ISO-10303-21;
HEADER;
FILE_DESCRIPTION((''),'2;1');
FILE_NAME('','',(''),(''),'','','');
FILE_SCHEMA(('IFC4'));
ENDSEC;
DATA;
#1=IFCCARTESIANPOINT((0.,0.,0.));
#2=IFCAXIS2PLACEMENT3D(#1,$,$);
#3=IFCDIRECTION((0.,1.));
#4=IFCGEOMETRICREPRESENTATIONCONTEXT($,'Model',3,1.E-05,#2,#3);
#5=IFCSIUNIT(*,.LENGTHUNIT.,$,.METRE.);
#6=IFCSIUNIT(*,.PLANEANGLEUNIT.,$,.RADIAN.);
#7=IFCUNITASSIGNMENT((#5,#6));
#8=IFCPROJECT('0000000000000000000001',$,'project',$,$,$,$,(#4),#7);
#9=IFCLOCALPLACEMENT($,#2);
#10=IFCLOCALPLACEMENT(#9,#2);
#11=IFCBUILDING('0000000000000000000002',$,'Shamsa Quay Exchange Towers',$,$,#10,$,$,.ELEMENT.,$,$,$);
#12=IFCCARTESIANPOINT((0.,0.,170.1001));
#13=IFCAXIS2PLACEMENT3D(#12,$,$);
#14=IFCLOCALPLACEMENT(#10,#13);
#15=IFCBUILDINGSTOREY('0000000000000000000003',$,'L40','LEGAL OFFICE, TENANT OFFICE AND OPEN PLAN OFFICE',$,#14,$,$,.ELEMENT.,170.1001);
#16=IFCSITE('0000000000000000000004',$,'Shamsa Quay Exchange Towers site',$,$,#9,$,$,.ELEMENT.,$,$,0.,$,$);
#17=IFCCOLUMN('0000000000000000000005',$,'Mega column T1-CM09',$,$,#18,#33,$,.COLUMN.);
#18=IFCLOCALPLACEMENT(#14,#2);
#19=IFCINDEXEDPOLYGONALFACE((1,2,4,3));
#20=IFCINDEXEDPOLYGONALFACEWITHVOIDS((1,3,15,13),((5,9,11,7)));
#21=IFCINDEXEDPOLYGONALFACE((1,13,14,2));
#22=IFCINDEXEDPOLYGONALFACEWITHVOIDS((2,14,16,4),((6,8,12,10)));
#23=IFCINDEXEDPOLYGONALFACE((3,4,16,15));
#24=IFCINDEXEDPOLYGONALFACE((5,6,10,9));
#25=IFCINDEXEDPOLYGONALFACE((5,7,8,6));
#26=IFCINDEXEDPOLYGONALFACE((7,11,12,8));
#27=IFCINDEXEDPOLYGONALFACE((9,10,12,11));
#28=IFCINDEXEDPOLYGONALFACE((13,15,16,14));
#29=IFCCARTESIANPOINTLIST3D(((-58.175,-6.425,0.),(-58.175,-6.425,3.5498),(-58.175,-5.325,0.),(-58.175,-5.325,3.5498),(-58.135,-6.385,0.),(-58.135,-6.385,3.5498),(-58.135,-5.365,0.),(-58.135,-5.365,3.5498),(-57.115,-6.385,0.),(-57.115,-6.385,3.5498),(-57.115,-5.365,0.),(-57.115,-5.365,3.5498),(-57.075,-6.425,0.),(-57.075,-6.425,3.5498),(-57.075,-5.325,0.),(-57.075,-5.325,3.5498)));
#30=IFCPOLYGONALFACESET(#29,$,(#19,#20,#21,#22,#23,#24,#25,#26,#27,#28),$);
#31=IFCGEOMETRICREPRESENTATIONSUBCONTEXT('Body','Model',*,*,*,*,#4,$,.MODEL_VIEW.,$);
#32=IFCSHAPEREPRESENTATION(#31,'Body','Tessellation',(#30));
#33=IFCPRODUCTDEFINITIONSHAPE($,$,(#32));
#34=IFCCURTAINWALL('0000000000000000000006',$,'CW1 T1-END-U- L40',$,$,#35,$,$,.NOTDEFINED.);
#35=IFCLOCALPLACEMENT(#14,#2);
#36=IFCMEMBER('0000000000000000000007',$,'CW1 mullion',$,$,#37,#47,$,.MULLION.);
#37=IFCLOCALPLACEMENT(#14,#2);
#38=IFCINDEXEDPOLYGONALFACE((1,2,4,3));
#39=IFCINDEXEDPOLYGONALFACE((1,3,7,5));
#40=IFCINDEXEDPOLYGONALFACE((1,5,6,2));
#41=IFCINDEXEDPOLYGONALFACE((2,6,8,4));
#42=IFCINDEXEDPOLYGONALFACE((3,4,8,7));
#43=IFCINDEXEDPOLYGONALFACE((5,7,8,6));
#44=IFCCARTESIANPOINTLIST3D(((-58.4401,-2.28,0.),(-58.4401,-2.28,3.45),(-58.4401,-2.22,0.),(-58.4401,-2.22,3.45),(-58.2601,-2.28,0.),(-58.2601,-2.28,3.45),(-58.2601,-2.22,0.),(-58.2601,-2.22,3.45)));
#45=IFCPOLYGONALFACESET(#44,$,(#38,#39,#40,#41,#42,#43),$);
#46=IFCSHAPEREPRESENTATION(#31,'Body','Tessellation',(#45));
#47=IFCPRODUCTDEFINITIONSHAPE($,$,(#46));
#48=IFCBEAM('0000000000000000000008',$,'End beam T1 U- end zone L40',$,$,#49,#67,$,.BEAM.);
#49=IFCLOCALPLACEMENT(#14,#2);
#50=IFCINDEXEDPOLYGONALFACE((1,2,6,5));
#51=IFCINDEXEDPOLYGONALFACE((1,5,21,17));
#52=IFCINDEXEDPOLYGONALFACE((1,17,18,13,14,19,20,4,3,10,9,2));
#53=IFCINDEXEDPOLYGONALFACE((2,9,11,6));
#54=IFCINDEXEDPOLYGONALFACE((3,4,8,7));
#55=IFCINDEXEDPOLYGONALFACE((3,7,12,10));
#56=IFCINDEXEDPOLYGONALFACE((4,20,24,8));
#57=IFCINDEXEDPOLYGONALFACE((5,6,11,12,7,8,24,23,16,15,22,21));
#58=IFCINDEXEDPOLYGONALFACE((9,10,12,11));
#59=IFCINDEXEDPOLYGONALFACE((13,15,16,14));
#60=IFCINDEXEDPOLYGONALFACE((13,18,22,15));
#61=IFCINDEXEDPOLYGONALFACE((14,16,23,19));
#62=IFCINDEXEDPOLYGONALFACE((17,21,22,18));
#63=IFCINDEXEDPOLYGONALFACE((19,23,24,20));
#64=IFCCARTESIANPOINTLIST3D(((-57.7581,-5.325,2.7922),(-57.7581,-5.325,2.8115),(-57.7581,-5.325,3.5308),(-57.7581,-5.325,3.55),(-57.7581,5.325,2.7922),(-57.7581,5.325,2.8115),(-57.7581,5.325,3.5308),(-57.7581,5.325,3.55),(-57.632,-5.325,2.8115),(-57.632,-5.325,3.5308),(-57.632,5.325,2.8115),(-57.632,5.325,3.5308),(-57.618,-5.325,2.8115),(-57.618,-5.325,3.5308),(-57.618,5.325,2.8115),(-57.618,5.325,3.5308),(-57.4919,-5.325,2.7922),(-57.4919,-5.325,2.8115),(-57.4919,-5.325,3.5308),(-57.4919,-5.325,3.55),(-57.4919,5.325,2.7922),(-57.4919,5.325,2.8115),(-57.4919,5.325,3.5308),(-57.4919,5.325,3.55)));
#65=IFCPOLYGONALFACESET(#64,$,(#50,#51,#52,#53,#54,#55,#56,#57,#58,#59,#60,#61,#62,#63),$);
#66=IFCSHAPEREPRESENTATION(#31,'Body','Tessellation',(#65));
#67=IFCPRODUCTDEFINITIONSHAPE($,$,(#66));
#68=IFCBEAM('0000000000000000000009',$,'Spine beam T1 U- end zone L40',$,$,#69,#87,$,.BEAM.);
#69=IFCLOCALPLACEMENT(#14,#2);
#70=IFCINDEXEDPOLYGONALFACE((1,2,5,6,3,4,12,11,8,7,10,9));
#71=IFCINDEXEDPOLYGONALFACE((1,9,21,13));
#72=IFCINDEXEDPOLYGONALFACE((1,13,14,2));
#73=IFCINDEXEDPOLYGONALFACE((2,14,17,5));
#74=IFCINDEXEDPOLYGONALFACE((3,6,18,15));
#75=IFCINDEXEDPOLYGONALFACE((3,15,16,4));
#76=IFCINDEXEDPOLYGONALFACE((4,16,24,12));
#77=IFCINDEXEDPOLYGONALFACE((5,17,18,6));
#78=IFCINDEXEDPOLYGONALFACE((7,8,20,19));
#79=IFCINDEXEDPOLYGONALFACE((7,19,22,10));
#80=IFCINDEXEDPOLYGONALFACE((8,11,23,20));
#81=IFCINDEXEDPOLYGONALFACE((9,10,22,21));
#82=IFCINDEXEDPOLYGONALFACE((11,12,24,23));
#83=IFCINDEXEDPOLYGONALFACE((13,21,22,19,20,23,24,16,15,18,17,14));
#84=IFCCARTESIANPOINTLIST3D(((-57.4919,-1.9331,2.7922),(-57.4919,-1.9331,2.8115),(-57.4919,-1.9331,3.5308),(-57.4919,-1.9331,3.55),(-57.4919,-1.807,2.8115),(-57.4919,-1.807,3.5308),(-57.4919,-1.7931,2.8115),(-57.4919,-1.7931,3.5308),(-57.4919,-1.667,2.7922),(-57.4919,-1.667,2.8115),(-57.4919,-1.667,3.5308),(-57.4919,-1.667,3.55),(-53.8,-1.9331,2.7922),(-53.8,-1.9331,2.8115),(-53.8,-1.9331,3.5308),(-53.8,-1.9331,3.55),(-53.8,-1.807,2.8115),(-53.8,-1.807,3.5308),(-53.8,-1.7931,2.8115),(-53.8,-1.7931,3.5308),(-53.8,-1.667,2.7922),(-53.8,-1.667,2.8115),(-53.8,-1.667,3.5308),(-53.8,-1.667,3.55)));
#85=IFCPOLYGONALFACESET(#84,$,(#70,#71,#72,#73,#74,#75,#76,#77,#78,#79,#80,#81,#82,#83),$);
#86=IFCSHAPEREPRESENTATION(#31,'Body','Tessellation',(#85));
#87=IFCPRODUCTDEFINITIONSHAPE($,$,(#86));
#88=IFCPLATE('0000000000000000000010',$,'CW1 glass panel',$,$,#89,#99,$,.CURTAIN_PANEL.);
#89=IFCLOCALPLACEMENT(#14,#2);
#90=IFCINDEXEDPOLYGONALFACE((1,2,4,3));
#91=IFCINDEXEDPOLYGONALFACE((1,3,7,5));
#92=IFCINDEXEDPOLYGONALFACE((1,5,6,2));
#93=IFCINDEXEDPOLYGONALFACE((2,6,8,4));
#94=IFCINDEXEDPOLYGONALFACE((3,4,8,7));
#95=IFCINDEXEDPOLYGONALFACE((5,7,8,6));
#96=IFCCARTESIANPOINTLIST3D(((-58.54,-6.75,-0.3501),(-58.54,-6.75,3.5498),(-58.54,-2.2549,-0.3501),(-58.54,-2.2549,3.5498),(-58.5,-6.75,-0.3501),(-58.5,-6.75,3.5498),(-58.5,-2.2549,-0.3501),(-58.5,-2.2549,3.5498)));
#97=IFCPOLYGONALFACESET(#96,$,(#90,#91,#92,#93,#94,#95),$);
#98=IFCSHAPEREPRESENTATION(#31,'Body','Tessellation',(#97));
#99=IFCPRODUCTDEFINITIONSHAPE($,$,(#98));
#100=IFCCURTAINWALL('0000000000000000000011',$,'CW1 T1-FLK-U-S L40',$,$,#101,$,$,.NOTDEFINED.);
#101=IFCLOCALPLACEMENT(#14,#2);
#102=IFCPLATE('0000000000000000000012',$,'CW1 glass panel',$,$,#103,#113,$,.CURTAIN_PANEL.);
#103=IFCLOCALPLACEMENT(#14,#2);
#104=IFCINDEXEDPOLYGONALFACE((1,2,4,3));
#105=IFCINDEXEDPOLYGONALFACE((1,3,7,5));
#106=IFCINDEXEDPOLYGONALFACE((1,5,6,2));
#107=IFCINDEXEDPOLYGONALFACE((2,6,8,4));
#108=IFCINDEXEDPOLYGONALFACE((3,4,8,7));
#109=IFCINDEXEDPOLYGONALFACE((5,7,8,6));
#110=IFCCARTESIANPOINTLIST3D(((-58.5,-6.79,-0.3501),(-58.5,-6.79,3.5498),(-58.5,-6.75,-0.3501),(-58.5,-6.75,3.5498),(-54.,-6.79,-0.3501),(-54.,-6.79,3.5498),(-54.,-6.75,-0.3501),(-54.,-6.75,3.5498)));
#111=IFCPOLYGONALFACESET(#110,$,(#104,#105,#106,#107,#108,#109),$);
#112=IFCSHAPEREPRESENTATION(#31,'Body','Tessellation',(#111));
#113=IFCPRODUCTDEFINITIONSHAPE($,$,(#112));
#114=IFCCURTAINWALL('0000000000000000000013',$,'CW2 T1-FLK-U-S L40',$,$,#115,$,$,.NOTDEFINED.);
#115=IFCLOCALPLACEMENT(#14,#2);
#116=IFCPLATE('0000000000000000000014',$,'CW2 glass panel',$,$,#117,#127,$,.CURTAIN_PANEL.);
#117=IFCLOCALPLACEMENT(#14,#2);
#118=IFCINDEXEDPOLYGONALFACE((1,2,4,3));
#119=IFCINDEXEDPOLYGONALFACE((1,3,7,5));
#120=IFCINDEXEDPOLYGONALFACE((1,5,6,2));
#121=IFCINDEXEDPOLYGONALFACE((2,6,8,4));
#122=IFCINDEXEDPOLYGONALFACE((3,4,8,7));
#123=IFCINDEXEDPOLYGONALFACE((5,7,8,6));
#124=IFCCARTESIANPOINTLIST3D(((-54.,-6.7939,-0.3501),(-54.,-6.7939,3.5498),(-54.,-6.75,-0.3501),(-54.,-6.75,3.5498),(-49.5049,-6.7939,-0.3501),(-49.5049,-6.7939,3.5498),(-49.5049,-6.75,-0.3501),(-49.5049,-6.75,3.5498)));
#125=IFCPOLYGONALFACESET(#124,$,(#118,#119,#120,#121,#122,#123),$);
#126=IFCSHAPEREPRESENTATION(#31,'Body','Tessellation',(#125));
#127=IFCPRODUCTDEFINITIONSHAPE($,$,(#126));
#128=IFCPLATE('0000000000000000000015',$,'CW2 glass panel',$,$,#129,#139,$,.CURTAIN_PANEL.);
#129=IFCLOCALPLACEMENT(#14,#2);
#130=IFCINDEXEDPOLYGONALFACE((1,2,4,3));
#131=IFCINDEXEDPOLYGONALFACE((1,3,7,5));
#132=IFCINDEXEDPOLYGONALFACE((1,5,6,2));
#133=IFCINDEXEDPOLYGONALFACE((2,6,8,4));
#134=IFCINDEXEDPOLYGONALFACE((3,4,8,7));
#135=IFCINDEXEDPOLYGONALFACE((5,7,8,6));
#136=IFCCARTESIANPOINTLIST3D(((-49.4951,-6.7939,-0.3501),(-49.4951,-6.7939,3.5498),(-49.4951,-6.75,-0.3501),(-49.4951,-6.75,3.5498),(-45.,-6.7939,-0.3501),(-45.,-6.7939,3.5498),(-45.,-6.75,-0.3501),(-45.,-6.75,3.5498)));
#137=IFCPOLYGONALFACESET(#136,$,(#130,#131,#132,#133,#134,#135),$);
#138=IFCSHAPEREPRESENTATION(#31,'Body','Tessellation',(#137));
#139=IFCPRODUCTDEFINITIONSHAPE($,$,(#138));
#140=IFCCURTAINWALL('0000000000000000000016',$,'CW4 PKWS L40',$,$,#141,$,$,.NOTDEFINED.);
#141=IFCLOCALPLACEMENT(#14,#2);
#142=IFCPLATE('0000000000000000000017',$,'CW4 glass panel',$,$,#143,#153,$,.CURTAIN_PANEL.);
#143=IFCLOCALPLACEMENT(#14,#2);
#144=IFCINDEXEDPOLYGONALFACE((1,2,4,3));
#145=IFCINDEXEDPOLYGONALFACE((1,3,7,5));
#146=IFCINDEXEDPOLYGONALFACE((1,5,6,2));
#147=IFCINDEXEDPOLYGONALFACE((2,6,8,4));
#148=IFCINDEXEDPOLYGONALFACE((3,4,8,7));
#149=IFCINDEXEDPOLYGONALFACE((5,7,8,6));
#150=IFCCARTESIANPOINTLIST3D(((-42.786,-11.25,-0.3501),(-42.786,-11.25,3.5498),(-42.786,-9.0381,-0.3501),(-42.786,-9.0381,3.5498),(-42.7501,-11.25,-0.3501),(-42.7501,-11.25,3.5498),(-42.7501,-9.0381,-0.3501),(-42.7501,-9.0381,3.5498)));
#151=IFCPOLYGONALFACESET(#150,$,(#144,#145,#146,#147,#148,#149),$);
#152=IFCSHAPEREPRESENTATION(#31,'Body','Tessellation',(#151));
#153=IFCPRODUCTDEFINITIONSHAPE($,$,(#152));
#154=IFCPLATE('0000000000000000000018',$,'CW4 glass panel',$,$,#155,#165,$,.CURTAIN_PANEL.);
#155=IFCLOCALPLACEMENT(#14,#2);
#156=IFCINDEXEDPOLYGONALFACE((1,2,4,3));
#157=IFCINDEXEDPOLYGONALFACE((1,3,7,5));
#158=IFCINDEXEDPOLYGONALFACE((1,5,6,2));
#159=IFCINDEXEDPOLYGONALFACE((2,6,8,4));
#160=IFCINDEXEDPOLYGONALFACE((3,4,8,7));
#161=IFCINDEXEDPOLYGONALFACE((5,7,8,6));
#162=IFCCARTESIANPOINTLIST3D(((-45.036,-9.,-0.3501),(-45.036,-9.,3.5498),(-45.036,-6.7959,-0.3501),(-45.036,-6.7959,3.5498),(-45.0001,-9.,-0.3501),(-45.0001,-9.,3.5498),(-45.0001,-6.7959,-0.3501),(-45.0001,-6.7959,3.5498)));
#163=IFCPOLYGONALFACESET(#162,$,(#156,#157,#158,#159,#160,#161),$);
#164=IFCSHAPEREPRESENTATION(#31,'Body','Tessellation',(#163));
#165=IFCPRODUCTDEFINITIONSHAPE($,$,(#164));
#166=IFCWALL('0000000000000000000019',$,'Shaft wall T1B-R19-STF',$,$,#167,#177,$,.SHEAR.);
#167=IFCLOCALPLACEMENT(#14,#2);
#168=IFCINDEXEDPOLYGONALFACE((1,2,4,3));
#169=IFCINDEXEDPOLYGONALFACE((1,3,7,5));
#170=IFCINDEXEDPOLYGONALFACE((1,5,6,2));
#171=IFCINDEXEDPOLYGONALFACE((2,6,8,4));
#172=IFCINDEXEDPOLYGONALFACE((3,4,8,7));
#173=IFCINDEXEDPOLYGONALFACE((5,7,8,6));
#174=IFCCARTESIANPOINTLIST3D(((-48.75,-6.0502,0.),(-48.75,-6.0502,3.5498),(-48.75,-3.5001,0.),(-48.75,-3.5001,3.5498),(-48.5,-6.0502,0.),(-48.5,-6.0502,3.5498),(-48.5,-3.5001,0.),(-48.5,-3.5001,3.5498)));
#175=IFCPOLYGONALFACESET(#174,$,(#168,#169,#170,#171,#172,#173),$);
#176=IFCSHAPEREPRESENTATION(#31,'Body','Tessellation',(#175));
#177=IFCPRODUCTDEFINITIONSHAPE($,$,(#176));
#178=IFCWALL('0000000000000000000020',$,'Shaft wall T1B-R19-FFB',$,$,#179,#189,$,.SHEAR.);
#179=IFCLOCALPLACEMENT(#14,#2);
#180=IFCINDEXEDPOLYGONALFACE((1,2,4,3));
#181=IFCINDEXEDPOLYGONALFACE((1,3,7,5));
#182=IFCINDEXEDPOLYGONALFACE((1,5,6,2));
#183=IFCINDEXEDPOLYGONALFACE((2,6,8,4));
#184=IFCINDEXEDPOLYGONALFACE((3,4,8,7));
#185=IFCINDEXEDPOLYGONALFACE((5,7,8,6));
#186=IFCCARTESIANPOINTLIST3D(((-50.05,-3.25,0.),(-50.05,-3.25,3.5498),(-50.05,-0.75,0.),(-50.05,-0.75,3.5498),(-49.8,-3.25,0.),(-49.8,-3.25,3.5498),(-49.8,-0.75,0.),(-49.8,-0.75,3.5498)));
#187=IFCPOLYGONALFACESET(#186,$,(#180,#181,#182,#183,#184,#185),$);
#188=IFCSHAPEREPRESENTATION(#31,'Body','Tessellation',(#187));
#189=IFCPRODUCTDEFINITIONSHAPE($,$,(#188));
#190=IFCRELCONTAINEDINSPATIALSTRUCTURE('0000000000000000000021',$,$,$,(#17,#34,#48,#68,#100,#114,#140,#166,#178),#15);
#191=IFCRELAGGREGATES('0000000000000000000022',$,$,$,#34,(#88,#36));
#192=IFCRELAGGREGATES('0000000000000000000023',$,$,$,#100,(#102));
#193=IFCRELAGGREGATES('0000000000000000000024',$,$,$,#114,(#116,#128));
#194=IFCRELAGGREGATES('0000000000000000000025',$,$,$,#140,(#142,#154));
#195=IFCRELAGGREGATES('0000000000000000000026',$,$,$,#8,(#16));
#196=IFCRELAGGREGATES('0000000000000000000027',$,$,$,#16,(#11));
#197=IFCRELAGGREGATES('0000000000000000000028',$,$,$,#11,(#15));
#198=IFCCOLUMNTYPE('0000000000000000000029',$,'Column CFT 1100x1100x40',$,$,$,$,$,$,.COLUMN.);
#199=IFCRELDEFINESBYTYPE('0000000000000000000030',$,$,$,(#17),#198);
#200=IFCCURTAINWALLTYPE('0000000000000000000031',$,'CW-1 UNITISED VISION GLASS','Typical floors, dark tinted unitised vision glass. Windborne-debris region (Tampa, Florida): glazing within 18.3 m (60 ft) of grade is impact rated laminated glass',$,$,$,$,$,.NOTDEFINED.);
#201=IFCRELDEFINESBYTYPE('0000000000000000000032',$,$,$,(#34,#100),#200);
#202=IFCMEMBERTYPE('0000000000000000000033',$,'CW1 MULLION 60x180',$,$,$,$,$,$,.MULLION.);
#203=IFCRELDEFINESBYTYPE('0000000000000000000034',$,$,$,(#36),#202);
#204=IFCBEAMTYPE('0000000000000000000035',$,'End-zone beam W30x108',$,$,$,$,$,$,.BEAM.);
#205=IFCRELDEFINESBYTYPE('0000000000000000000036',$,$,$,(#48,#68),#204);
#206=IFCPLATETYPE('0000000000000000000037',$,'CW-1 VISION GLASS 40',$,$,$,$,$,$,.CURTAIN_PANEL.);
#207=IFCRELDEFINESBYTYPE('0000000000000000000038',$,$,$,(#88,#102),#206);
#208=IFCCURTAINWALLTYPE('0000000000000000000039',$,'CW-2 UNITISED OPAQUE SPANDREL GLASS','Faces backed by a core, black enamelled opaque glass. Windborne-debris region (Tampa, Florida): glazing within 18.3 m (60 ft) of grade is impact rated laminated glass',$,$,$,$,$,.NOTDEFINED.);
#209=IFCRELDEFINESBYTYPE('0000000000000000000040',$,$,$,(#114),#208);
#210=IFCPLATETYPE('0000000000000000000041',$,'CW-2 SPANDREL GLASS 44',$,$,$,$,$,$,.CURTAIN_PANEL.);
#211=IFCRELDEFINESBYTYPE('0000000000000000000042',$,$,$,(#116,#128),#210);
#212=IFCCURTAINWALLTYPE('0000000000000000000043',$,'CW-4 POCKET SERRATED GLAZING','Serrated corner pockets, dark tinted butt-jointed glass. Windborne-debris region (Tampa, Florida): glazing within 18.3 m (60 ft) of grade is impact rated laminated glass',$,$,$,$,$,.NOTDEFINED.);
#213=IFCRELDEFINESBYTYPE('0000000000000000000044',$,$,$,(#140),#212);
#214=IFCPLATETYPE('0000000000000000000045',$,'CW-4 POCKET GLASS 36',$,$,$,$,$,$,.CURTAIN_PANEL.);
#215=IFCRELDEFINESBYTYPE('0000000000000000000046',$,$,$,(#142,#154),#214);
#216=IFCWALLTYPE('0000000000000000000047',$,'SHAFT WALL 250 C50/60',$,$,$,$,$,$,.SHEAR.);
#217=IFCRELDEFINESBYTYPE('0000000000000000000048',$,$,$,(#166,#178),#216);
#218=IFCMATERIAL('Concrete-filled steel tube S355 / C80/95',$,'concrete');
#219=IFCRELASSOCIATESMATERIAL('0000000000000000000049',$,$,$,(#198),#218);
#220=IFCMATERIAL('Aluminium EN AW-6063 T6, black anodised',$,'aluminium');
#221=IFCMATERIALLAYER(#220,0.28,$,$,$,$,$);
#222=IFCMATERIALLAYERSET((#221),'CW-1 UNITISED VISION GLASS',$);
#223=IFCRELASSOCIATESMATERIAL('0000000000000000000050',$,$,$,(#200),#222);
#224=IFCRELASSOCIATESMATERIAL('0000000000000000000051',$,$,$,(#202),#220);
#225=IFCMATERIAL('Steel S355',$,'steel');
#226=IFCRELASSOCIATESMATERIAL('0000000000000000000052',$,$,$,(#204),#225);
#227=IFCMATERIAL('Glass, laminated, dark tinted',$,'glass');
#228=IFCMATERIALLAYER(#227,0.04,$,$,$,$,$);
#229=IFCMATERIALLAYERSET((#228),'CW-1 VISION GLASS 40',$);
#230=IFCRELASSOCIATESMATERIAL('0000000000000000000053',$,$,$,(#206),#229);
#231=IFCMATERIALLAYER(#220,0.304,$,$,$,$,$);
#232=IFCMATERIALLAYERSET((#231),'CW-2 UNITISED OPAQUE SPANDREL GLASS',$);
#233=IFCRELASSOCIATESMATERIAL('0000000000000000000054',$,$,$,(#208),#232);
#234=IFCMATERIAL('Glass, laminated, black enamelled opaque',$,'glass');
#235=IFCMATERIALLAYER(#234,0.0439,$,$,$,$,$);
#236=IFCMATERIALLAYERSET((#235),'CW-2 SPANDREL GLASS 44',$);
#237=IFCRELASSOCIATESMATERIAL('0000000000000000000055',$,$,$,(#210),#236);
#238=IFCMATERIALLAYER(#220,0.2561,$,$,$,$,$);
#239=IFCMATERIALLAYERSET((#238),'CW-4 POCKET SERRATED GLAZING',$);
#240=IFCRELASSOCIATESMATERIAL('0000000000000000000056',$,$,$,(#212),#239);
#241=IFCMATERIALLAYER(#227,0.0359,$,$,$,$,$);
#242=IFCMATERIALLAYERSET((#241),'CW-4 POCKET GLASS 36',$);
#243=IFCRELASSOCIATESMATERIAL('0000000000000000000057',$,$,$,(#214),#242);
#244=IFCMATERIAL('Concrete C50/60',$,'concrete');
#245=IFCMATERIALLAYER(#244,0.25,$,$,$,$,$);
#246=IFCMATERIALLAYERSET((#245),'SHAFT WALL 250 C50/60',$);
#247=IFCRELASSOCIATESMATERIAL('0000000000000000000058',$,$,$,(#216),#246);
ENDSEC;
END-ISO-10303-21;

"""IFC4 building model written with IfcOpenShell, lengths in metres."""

from ifc_helpers import new_model, si_unit, direction, frame, frame_2d, origin, origin_2d, place, context, subcontext, project, spatial, rectangle, hollow_rectangle, i_section, extrude, material, layer, layer_set, material_profile, profile_set, type_object, element, aggregate, save


model = new_model("IFC4")

# Units and contexts
model_context = context("Model", 3, precision=1e-05, world=origin(), true_north=direction((0.0, 1.0)))
body_context = subcontext(model_context, "Body", "Model", "MODEL_VIEW")
ifc_project = project(units=[si_unit("LENGTHUNIT", "METRE"), si_unit("PLANEANGLEUNIT", "RADIAN")], contexts=[model_context])

# Site, building, storey
site_placement = place(None, origin())
site = spatial("IfcSite", under=ifc_project, at=site_placement, Name="Shamsa Quay Exchange Towers site", CompositionType="ELEMENT", RefElevation=0.0)
building_placement = place(site_placement, origin())
building = spatial("IfcBuilding", under=site, at=building_placement, Name="Shamsa Quay Exchange Towers", CompositionType="ELEMENT")
storey_placement = place(building_placement, frame((0.0, 0.0, 170.1001)))
storey = spatial("IfcBuildingStorey", under=building, at=storey_placement, Name="L40", Description="LEGAL OFFICE, TENANT OFFICE AND OPEN PLAN OFFICE", CompositionType="ELEMENT", Elevation=170.1001)

# Column
ifc_material_1 = material(Name="Concrete-filled steel tube S355 / C80/95", Category="concrete")
ifc_material_profile_1 = material_profile(ifc_material_1, hollow_rectangle(XDim=1.1001, YDim=1.1001, WallThickness=0.04, at=origin_2d()), Name="CFT 1100x1100x40")
ifc_profile_set_1 = profile_set([ifc_material_profile_1], Name="Concrete-filled steel tube S355 / C80/95")
column_type = type_object("IfcColumnType", Name="Column CFT 1100x1100x40", PredefinedType="COLUMN", material=ifc_profile_set_1)
column_placement = place(storey_placement, frame((-57.625, -5.875, 0.0)))
element("IfcColumn", 1, at=column_placement, inside=storey, type_object=column_type, Name="Mega column T1-CM09", PredefinedType="COLUMN", context=body_context, shape_type="SweptSolid", body=[
    extrude(hollow_rectangle(XDim=1.1001, YDim=1.1001, WallThickness=0.04, at=origin_2d()), origin(), (0.0, 0.0, 1.0), 3.5498),
])

# Curtain wall, member
ifc_material_2 = material(Name="Aluminium EN AW-6063 T6, black anodised", Category="aluminium")
ifc_layer_1 = layer(ifc_material_2, 0.28)
ifc_layer_set_1 = layer_set([ifc_layer_1], Name="CW-1 UNITISED VISION GLASS")
curtain_wall_type_1 = type_object("IfcCurtainWallType", Name="CW-1 UNITISED VISION GLASS", Description="Typical floors, dark tinted unitised vision glass. Windborne-debris region (Tampa, Florida): glazing within 18.3 m (60 ft) of grade is impact rated laminated glass", PredefinedType="NOTDEFINED", material=ifc_layer_set_1)
curtain_wall_1_placement = place(storey_placement, origin())
curtain_wall_1 = element("IfcCurtainWall", 2, at=curtain_wall_1_placement, inside=storey, type_object=curtain_wall_type_1, Name="CW1 T1-END-U- L40", PredefinedType="NOTDEFINED")
ifc_material_profile_2 = material_profile(ifc_material_2, rectangle(XDim=0.1799, YDim=0.0601, at=origin_2d()), Name="MU60x180")
ifc_profile_set_2 = profile_set([ifc_material_profile_2], Name="Aluminium EN AW-6063 T6, black anodised")
member_type = type_object("IfcMemberType", Name="CW1 MULLION 60x180", PredefinedType="MULLION", material=ifc_profile_set_2)
member_placement = place(storey_placement, frame((-58.3501, -2.25, 0.0)))
member = element("IfcMember", 3, at=member_placement, type_object=member_type, Name="CW1 mullion", PredefinedType="MULLION", context=body_context, shape_type="SweptSolid", body=[
    extrude(rectangle(XDim=0.1799, YDim=0.0601, at=origin_2d()), origin(), (0.0, 0.0, 1.0), 3.45),
])

# Beams
ifc_material_3 = material(Name="Steel S355", Category="steel")
ifc_material_profile_3 = material_profile(ifc_material_3, i_section(OverallWidth=0.2661, OverallDepth=0.7578, WebThickness=0.0139, FlangeThickness=0.0193, at=origin_2d()), Name="W30x108")
ifc_profile_set_3 = profile_set([ifc_material_profile_3], Name="Steel S355")
beam_type = type_object("IfcBeamType", Name="End-zone beam W30x108", PredefinedType="BEAM", material=ifc_profile_set_3)
beam_1_placement = place(storey_placement, frame((-57.625, -5.325, 3.1711), z_axis=(0.0, 1.0, 0.0), x_axis=(-1.0, 0.0, 0.0)))
element("IfcBeam", 4, at=beam_1_placement, inside=storey, type_object=beam_type, Name="End beam T1 U- end zone L40", PredefinedType="BEAM", context=body_context, shape_type="SweptSolid", body=[
    extrude(i_section(OverallWidth=0.2661, OverallDepth=0.7578, WebThickness=0.0139, FlangeThickness=0.0193, at=origin_2d()), origin(), (0.0, 0.0, 1.0), 10.6499),
])
beam_2_placement = place(storey_placement, frame((-53.8, -1.8, 3.1711), z_axis=(-1.0, 0.0, 0.0), x_axis=(0.0, -1.0, 0.0)))
element("IfcBeam", 5, at=beam_2_placement, inside=storey, type_object=beam_type, Name="Spine beam T1 U- end zone L40", PredefinedType="BEAM", context=body_context, shape_type="SweptSolid", body=[
    extrude(i_section(OverallWidth=0.2661, OverallDepth=0.7578, WebThickness=0.0139, FlangeThickness=0.0193, at=origin_2d()), origin(), (0.0, 0.0, 1.0), 3.6919),
])

# Plate
ifc_material_4 = material(Name="Glass, laminated, dark tinted", Category="glass")
ifc_layer_2 = layer(ifc_material_4, 0.04)
ifc_layer_set_2 = layer_set([ifc_layer_2], Name="CW-1 VISION GLASS 40")
plate_type_1 = type_object("IfcPlateType", Name="CW-1 VISION GLASS 40", PredefinedType="CURTAIN_PANEL", material=ifc_layer_set_2)
plate_1_placement = place(storey_placement, frame((-58.52, -4.5024, -0.3501), z_axis=(0.0, 0.0, 1.0), x_axis=(0.0, -1.0, 0.0)))
plate_1 = element("IfcPlate", 6, at=plate_1_placement, type_object=plate_type_1, Name="CW1 glass panel", PredefinedType="CURTAIN_PANEL", context=body_context, shape_type="SweptSolid", body=[
    extrude(rectangle(XDim=4.4951, YDim=0.04, at=origin_2d()), origin(), (0.0, 0.0, 1.0), 3.8999),
])
aggregate(curtain_wall_1, [plate_1, member])

# Curtain wall, plate
curtain_wall_2_placement = place(storey_placement, origin())
curtain_wall_2 = element("IfcCurtainWall", 7, at=curtain_wall_2_placement, inside=storey, type_object=curtain_wall_type_1, Name="CW1 T1-FLK-U-S L40", PredefinedType="NOTDEFINED")
plate_2_placement = place(storey_placement, frame((-56.25, -6.77, -0.3501)))
plate_2 = element("IfcPlate", 8, at=plate_2_placement, type_object=plate_type_1, Name="CW1 glass panel", PredefinedType="CURTAIN_PANEL", context=body_context, shape_type="SweptSolid", body=[
    extrude(rectangle(XDim=4.5, YDim=0.04, at=origin_2d()), origin(), (0.0, 0.0, 1.0), 3.8999),
])
aggregate(curtain_wall_2, [plate_2])

# Curtain walls, plates
ifc_layer_3 = layer(ifc_material_2, 0.304)
ifc_layer_set_3 = layer_set([ifc_layer_3], Name="CW-2 UNITISED OPAQUE SPANDREL GLASS")
curtain_wall_type_2 = type_object("IfcCurtainWallType", Name="CW-2 UNITISED OPAQUE SPANDREL GLASS", Description="Faces backed by a core, black enamelled opaque glass. Windborne-debris region (Tampa, Florida): glazing within 18.3 m (60 ft) of grade is impact rated laminated glass", PredefinedType="NOTDEFINED", material=ifc_layer_set_3)
curtain_wall_3_placement = place(storey_placement, origin())
curtain_wall_3 = element("IfcCurtainWall", 9, at=curtain_wall_3_placement, inside=storey, type_object=curtain_wall_type_2, Name="CW2 T1-FLK-U-S L40", PredefinedType="NOTDEFINED")
ifc_material_5 = material(Name="Glass, laminated, black enamelled opaque", Category="glass")
ifc_layer_4 = layer(ifc_material_5, 0.0439)
ifc_layer_set_4 = layer_set([ifc_layer_4], Name="CW-2 SPANDREL GLASS 44")
plate_type_2 = type_object("IfcPlateType", Name="CW-2 SPANDREL GLASS 44", PredefinedType="CURTAIN_PANEL", material=ifc_layer_set_4)
plate_3_placement = place(storey_placement, frame((-51.7524, -6.772, -0.3501)))
plate_3 = element("IfcPlate", 10, at=plate_3_placement, type_object=plate_type_2, Name="CW2 glass panel", PredefinedType="CURTAIN_PANEL", context=body_context, shape_type="SweptSolid", body=[
    extrude(rectangle(XDim=4.4951, YDim=0.0439, at=origin_2d()), origin(), (0.0, 0.0, 1.0), 3.8999),
])
plate_4_placement = place(storey_placement, frame((-47.2476, -6.772, -0.3501)))
plate_4 = element("IfcPlate", 11, at=plate_4_placement, type_object=plate_type_2, Name="CW2 glass panel", PredefinedType="CURTAIN_PANEL", context=body_context, shape_type="SweptSolid", body=[
    extrude(rectangle(XDim=4.4951, YDim=0.0439, at=origin_2d()), origin(), (0.0, 0.0, 1.0), 3.8999),
])
aggregate(curtain_wall_3, [plate_3, plate_4])
ifc_layer_5 = layer(ifc_material_2, 0.2561)
ifc_layer_set_5 = layer_set([ifc_layer_5], Name="CW-4 POCKET SERRATED GLAZING")
curtain_wall_type_3 = type_object("IfcCurtainWallType", Name="CW-4 POCKET SERRATED GLAZING", Description="Serrated corner pockets, dark tinted butt-jointed glass. Windborne-debris region (Tampa, Florida): glazing within 18.3 m (60 ft) of grade is impact rated laminated glass", PredefinedType="NOTDEFINED", material=ifc_layer_set_5)
curtain_wall_4_placement = place(storey_placement, origin())
curtain_wall_4 = element("IfcCurtainWall", 12, at=curtain_wall_4_placement, inside=storey, type_object=curtain_wall_type_3, Name="CW4 PKWS L40", PredefinedType="NOTDEFINED")
ifc_layer_6 = layer(ifc_material_4, 0.0359)
ifc_layer_set_6 = layer_set([ifc_layer_6], Name="CW-4 POCKET GLASS 36")
plate_type_3 = type_object("IfcPlateType", Name="CW-4 POCKET GLASS 36", PredefinedType="CURTAIN_PANEL", material=ifc_layer_set_6)
plate_5_placement = place(storey_placement, frame((-42.7681, -10.144, -0.3501), z_axis=(0.0, 0.0, 1.0), x_axis=(0.0, -1.0, 0.0)))
plate_5 = element("IfcPlate", 13, at=plate_5_placement, type_object=plate_type_3, Name="CW4 glass panel", PredefinedType="CURTAIN_PANEL", context=body_context, shape_type="SweptSolid", body=[
    extrude(rectangle(XDim=2.2119, YDim=0.0359, at=origin_2d()), origin(), (0.0, 0.0, 1.0), 3.8999),
])
plate_6_placement = place(storey_placement, frame((-45.0181, -7.8979, -0.3501), z_axis=(0.0, 0.0, 1.0), x_axis=(0.0, -1.0, 0.0)))
plate_6 = element("IfcPlate", 14, at=plate_6_placement, type_object=plate_type_3, Name="CW4 glass panel", PredefinedType="CURTAIN_PANEL", context=body_context, shape_type="SweptSolid", body=[
    extrude(rectangle(XDim=2.2041, YDim=0.0359, at=origin_2d()), origin(), (0.0, 0.0, 1.0), 3.8999),
])
aggregate(curtain_wall_4, [plate_5, plate_6])

# Wall
ifc_material_6 = material(Name="Concrete C50/60", Category="concrete")
ifc_layer_7 = layer(ifc_material_6, 0.25)
ifc_layer_set_7 = layer_set([ifc_layer_7], Name="SHAFT WALL 250 C50/60")
wall_type_1 = type_object("IfcWallType", Name="SHAFT WALL 250 C50/60", PredefinedType="SHEAR", material=ifc_layer_set_7)
wall_1_placement = place(storey_placement, frame((-48.625, -6.05, 0.0), z_axis=(0.0, 0.0, 1.0), x_axis=(0.0, 1.0, 0.0)))
element("IfcWall", 15, at=wall_1_placement, inside=storey, type_object=wall_type_1, Name="Shaft wall T1B-R19-STF", PredefinedType="SHEAR", context=body_context, shape_type="SweptSolid", body=[
    extrude(rectangle(XDim=2.55, YDim=0.25, at=frame_2d((1.2749, 0.0))), origin(), (0.0, 0.0, 1.0), 3.5498),
])

# Wall
wall_2_placement = place(storey_placement, frame((-49.925, -3.25, 0.0), z_axis=(0.0, 0.0, 1.0), x_axis=(0.0, 1.0, 0.0)))
element("IfcWall", 16, at=wall_2_placement, inside=storey, type_object=wall_type_1, Name="Shaft wall T1B-R19-FFB", PredefinedType="SHEAR", context=body_context, shape_type="SweptSolid", body=[
    extrude(rectangle(XDim=2.5, YDim=0.25, at=frame_2d((1.25, 0.0))), origin(), (0.0, 0.0, 1.0), 3.5498),
])

save(model, "model.ifc")
